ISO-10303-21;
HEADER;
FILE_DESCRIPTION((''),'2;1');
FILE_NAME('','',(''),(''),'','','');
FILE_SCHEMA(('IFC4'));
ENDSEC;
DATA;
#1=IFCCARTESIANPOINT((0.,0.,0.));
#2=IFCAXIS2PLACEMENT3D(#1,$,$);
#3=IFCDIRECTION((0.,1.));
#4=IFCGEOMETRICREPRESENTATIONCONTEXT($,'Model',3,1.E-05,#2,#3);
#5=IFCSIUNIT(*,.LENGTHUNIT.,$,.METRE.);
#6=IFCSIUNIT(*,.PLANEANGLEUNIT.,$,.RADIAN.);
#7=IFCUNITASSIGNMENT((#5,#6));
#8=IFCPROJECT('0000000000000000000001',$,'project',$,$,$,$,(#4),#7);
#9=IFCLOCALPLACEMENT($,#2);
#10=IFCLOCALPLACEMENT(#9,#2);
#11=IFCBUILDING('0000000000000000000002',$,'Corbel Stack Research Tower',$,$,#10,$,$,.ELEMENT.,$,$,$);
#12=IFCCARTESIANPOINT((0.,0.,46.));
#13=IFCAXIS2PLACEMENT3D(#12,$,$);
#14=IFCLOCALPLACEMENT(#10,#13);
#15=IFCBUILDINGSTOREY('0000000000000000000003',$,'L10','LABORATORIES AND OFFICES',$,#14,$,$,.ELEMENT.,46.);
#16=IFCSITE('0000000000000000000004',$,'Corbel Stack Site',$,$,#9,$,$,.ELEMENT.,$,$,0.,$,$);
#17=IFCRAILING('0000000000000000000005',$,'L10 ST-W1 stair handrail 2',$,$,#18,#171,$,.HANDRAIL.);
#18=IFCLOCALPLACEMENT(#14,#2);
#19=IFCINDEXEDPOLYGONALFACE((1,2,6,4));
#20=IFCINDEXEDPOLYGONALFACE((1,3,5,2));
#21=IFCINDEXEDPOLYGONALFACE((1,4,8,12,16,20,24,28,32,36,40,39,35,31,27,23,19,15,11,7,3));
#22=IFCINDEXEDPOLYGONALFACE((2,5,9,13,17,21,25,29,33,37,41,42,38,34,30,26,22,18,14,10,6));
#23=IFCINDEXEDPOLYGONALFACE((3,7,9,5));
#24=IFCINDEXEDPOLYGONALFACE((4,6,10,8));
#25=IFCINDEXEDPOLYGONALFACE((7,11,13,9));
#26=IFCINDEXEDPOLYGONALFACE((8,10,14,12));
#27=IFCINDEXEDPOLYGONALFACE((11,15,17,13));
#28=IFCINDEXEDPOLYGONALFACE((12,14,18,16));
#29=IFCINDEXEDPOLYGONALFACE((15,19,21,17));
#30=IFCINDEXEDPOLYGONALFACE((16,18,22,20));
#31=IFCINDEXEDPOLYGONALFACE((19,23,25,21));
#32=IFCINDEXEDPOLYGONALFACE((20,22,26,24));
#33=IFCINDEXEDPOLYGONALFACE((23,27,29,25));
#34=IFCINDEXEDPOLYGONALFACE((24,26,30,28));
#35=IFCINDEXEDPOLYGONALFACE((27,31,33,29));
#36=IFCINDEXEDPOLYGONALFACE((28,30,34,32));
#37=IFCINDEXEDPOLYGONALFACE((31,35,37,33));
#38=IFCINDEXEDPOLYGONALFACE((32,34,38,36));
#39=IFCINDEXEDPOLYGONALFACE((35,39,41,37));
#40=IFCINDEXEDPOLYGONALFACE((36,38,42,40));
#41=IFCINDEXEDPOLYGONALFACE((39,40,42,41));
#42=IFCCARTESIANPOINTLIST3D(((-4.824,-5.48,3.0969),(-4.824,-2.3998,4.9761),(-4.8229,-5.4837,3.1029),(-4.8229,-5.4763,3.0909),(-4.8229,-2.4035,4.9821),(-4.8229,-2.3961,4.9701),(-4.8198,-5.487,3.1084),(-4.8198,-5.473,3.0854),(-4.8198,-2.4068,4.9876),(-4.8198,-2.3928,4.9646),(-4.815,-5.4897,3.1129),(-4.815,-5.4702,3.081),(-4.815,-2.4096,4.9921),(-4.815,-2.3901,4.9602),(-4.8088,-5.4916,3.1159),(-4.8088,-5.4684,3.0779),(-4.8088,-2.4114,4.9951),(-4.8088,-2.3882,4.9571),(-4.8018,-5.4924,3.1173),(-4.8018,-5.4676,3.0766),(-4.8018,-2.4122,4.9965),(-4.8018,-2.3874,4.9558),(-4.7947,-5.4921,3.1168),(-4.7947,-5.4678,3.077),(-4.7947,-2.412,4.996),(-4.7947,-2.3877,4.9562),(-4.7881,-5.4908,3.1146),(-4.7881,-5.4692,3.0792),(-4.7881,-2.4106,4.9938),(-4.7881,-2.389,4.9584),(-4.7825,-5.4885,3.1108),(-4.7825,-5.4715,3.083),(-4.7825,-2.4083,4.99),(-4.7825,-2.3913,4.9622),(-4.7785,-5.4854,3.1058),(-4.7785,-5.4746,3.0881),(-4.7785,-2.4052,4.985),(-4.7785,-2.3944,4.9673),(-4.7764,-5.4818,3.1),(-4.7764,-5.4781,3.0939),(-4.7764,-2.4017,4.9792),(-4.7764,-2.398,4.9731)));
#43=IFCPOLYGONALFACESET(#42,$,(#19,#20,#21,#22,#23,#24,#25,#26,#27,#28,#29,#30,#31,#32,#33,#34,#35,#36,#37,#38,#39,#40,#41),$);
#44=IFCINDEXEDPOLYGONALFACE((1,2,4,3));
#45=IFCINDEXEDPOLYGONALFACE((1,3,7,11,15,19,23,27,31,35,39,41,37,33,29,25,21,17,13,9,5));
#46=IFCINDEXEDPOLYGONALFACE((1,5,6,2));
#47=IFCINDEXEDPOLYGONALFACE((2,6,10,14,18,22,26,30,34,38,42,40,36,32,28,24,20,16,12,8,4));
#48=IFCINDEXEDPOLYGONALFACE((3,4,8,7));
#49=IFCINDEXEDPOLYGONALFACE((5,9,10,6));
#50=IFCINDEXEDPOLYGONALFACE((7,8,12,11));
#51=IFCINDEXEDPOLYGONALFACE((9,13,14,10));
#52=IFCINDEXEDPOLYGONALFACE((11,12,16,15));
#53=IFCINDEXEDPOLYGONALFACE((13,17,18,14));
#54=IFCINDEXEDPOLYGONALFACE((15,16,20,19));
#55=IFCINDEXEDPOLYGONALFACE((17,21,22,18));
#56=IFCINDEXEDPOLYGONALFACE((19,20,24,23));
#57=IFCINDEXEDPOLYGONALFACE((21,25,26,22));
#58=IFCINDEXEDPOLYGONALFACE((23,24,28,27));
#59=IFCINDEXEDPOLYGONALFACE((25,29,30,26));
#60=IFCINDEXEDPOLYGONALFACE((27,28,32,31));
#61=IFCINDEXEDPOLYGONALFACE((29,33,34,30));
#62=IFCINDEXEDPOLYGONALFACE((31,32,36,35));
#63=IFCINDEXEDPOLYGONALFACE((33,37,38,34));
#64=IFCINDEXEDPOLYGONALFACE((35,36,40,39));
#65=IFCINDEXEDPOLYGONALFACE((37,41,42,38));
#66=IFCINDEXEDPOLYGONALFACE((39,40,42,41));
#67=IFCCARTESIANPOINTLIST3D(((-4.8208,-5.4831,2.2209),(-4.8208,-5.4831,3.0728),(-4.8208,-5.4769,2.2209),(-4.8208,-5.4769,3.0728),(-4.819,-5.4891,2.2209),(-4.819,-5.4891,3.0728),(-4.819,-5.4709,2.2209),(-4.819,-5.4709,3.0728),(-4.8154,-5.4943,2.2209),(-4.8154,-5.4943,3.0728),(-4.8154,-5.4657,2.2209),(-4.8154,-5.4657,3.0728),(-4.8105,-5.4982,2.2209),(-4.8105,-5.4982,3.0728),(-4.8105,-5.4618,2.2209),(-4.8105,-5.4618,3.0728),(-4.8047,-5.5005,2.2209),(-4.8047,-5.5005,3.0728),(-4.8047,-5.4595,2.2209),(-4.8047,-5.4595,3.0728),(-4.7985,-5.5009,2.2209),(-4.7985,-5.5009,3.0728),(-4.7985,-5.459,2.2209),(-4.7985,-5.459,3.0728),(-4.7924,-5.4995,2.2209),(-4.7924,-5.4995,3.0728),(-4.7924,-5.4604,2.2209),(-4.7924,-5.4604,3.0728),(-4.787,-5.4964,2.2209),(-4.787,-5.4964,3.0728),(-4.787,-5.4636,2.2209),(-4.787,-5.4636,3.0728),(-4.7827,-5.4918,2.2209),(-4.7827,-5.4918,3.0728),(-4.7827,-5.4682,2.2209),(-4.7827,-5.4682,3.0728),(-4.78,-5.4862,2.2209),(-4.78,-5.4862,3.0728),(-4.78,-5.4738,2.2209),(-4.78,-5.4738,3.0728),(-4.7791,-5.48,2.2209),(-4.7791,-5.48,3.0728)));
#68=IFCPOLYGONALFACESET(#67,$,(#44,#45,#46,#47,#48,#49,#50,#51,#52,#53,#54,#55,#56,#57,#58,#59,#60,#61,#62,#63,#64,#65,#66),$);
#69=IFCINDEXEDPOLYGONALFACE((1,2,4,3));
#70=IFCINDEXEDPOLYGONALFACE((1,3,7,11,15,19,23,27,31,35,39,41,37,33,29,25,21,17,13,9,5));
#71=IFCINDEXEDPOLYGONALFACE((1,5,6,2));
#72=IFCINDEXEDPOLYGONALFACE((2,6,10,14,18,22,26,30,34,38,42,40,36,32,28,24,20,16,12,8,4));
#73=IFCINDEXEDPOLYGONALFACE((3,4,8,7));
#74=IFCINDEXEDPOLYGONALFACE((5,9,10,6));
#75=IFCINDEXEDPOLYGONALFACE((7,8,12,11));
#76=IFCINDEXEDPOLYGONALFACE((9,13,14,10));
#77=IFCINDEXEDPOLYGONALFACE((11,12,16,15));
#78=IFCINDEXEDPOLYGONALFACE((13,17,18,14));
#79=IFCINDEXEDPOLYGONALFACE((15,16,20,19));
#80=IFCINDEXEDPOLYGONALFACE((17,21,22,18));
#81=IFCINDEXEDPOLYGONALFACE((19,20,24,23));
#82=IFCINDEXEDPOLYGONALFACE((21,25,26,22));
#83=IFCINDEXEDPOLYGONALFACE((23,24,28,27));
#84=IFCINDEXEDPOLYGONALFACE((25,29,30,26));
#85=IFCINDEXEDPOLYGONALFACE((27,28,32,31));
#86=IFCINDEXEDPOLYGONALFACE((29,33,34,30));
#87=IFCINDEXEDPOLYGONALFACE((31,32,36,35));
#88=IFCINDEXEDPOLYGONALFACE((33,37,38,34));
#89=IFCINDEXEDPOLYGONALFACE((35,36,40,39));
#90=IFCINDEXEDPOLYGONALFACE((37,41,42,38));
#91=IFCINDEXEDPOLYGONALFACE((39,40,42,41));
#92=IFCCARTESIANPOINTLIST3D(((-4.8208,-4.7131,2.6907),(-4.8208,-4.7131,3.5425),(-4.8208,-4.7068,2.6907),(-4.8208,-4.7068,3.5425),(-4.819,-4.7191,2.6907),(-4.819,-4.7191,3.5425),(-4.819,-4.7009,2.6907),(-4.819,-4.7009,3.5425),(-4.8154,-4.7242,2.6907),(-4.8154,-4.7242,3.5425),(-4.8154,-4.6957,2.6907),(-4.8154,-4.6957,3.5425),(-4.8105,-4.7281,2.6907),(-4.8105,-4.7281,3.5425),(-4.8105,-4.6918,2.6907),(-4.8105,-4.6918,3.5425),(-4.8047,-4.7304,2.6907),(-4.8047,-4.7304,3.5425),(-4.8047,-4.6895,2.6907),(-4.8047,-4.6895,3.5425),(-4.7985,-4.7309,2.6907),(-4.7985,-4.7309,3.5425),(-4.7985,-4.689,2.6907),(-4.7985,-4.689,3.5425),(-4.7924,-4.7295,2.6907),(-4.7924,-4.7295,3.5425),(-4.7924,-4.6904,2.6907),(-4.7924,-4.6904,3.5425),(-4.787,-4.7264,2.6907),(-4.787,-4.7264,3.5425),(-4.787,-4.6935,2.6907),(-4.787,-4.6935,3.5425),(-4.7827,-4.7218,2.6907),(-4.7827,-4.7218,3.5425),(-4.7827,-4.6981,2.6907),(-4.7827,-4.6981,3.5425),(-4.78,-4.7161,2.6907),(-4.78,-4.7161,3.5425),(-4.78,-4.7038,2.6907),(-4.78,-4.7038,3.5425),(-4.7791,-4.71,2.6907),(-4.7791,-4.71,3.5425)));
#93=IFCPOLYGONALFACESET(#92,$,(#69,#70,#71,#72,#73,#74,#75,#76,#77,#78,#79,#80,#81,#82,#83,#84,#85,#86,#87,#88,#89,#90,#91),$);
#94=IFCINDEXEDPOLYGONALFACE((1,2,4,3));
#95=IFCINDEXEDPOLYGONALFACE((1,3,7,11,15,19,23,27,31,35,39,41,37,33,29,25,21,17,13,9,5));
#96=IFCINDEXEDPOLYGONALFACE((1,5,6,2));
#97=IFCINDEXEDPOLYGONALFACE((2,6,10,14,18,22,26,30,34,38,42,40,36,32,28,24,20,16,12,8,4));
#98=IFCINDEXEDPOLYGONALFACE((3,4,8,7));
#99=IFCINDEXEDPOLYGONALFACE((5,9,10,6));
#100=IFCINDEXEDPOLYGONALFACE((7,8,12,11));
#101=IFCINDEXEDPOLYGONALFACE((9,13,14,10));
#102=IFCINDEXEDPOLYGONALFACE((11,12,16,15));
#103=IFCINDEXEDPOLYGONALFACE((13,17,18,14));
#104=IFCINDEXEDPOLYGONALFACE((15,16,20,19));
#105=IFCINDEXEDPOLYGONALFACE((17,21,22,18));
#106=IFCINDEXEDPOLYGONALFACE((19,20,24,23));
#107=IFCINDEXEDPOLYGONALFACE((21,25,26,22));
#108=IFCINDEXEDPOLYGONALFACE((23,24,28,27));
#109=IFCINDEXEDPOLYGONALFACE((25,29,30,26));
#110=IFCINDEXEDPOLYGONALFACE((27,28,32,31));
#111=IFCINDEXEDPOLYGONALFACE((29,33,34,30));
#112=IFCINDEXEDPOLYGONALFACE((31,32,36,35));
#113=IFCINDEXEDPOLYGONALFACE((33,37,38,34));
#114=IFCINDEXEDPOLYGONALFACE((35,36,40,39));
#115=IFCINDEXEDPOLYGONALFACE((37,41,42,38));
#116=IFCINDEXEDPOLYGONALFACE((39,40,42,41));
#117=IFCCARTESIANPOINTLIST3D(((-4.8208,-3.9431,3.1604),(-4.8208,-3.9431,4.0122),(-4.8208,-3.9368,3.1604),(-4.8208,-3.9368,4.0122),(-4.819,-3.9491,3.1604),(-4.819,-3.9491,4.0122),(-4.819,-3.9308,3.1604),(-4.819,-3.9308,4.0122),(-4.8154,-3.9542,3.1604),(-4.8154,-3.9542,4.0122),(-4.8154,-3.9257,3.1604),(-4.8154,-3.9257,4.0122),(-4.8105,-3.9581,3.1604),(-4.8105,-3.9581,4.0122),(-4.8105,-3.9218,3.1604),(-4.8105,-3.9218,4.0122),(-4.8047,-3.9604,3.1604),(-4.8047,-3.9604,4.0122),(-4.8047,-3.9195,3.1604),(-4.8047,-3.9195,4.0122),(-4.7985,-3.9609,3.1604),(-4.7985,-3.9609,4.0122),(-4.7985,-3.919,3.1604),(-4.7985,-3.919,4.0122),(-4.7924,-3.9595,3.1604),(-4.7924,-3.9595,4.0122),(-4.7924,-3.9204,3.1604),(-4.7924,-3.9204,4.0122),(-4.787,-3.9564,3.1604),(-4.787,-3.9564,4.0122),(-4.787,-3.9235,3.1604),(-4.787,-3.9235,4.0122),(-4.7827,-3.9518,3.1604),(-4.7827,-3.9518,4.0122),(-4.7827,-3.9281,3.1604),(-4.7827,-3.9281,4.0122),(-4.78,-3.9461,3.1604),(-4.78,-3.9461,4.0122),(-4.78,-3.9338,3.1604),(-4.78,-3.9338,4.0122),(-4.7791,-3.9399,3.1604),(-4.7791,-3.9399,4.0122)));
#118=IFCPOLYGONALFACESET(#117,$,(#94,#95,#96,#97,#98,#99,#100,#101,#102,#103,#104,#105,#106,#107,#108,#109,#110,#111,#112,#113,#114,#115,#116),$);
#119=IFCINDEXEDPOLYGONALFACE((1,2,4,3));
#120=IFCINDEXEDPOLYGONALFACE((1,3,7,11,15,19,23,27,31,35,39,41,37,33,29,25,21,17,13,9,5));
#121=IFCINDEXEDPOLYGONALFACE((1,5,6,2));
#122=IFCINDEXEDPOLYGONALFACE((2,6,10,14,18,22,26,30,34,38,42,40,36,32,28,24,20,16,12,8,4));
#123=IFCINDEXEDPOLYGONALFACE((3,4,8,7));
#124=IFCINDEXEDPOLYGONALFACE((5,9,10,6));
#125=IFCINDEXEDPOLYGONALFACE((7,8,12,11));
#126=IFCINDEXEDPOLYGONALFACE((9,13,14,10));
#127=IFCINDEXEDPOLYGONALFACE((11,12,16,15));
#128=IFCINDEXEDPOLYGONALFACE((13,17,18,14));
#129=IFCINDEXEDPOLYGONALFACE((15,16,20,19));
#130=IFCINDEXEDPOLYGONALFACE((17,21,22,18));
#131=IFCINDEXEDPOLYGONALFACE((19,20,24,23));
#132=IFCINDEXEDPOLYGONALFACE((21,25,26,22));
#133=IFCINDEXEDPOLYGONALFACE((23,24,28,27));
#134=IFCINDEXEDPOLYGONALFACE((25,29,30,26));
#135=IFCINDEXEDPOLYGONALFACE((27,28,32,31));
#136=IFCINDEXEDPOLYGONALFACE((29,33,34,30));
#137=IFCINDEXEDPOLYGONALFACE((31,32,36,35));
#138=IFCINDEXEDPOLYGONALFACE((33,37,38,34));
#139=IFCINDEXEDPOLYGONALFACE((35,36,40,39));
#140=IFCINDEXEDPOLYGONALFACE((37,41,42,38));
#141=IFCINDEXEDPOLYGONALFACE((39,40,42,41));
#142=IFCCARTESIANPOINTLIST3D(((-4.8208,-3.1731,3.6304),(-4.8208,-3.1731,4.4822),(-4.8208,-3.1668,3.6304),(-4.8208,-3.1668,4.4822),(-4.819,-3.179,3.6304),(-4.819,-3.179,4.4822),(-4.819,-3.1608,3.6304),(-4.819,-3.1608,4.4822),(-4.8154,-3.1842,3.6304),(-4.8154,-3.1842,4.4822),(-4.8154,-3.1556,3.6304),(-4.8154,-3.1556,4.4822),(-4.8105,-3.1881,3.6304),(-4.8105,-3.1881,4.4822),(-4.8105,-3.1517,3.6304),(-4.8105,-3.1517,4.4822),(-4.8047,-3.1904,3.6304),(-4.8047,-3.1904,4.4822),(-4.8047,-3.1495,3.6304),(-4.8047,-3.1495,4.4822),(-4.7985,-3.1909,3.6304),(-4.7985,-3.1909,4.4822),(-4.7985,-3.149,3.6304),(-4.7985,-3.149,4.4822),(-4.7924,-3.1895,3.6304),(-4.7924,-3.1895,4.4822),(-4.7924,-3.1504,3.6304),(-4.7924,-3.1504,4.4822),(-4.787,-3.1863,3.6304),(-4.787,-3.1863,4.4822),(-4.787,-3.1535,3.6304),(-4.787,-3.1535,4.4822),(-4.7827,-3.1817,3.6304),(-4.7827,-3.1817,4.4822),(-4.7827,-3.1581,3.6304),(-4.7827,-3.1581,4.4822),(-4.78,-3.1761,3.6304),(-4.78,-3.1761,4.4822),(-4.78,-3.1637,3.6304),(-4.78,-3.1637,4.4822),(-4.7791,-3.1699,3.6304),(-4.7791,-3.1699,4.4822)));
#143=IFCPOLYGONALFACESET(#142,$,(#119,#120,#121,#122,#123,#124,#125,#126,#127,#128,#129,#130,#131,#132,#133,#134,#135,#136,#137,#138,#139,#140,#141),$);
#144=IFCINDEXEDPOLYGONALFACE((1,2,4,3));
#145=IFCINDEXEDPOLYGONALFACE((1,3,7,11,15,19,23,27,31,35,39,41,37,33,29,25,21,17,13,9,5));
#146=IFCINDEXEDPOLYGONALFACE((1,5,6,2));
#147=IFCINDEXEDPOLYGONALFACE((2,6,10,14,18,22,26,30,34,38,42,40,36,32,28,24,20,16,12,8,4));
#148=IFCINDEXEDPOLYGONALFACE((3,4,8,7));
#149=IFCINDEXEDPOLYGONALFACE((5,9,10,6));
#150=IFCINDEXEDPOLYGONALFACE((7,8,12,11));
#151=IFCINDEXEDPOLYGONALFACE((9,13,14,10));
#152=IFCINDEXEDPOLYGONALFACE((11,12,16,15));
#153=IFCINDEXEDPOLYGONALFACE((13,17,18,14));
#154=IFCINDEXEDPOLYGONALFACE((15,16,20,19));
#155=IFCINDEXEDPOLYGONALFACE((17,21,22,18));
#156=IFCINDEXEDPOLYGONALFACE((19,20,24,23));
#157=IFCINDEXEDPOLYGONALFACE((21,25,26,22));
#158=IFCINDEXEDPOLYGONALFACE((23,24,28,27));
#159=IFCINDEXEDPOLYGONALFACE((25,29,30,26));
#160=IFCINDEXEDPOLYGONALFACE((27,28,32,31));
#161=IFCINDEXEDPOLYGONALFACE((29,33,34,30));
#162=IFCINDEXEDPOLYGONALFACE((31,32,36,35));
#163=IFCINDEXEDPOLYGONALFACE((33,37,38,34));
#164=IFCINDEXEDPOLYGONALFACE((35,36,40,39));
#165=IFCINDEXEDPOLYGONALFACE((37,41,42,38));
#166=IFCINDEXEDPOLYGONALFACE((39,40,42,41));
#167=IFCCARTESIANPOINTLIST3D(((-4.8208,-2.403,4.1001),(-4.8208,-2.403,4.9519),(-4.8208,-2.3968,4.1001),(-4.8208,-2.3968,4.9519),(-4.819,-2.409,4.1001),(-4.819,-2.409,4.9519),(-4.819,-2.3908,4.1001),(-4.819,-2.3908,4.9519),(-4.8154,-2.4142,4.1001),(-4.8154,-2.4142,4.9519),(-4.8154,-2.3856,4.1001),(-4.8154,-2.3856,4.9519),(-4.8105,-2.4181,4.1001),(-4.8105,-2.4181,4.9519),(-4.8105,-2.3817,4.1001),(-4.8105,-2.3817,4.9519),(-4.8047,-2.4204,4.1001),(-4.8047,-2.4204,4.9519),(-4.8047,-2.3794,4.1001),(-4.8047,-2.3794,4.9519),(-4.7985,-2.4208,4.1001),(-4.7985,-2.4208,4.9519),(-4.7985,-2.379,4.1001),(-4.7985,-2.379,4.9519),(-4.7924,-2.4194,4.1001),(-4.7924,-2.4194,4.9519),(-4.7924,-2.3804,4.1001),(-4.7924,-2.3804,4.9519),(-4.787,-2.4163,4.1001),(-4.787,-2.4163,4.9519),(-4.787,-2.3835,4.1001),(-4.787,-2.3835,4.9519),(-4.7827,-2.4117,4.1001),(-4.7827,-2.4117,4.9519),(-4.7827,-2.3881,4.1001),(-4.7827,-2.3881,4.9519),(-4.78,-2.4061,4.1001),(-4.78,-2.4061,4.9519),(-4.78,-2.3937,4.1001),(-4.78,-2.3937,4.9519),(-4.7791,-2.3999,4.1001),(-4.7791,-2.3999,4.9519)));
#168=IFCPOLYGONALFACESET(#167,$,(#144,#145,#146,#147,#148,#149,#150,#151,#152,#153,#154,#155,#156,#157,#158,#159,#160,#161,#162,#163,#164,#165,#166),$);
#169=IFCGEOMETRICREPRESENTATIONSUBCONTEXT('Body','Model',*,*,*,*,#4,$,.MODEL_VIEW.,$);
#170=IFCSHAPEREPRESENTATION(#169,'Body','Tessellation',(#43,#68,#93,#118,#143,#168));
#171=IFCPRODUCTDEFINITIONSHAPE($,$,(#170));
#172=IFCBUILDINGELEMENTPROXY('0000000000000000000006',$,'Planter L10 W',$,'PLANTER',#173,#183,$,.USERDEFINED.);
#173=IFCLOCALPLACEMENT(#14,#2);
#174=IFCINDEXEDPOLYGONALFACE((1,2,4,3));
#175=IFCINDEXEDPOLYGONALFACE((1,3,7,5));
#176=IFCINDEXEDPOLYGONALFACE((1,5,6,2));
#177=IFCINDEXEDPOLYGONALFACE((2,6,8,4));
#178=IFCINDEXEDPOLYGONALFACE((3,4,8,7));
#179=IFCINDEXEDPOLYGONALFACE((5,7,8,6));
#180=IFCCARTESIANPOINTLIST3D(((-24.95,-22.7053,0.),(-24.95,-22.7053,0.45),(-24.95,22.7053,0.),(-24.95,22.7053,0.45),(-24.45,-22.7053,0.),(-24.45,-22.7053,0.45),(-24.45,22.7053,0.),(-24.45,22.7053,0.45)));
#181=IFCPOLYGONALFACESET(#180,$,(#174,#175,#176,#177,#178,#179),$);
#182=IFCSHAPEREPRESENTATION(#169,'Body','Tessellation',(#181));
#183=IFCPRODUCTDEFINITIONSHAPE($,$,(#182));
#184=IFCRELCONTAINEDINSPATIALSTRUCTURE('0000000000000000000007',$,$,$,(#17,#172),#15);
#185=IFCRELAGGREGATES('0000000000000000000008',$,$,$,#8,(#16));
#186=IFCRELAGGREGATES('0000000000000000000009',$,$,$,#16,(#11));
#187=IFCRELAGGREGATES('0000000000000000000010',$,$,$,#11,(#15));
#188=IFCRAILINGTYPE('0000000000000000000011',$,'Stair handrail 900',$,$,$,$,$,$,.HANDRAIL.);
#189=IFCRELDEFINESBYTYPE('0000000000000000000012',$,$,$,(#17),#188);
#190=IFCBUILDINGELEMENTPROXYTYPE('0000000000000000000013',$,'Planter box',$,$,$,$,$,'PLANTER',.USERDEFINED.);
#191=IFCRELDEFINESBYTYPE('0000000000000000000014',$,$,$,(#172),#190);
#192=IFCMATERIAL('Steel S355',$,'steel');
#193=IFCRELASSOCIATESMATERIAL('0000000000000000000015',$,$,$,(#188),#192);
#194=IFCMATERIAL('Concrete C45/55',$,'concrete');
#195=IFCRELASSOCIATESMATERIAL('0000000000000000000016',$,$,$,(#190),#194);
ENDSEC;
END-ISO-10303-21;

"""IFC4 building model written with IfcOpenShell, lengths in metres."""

from ifc_helpers import new_model, si_unit, direction, frame, origin, origin_2d, place, context, subcontext, project, spatial, rectangle, circle, extrude, material, type_object, element, save


model = new_model("IFC4")

# Units and contexts
model_context = context("Model", 3, precision=1e-05, world=origin(), true_north=direction((0.0, 1.0)))
body_context = subcontext(model_context, "Body", "Model", "MODEL_VIEW")
ifc_project = project(units=[si_unit("LENGTHUNIT", "METRE"), si_unit("PLANEANGLEUNIT", "RADIAN")], contexts=[model_context])

# Site, building, storey
site_placement = place(None, origin())
site = spatial("IfcSite", under=ifc_project, at=site_placement, Name="Corbel Stack Site", CompositionType="ELEMENT", RefElevation=0.0)
building_placement = place(site_placement, origin())
building = spatial("IfcBuilding", under=site, at=building_placement, Name="Corbel Stack Research Tower", CompositionType="ELEMENT")
storey_placement = place(building_placement, frame((0.0, 0.0, 46.0)))
storey = spatial("IfcBuildingStorey", under=building, at=storey_placement, Name="L10", Description="LABORATORIES AND OFFICES", CompositionType="ELEMENT", Elevation=46.0)

# Railing
ifc_material_1 = material(Name="Steel S355", Category="steel")
railing_type_1 = type_object("IfcRailingType", Name="Stair handrail 900", PredefinedType="HANDRAIL", material=ifc_material_1)
railing_1_placement = place(storey_placement, frame((-4.8, -5.48, 2.2209)))
element("IfcRailing", 1, at=railing_1_placement, inside=storey, type_object=railing_type_1, Name="L10 ST-W1 stair handrail 2", PredefinedType="HANDRAIL", context=body_context, shape_type="SweptSolid", body=[
    extrude(circle(Radius=0.0239, at=origin_2d()), frame((0.0, 0.0, 0.876), z_axis=(0.0, 0.853666, 0.52082), x_axis=(-1.0, 0.0, 0.0)), (0.0, 0.0, 1.0), 3.6082),
    extrude(circle(Radius=0.021, at=origin_2d()), origin(), (0.0, 0.0, 1.0), 0.8518),
    extrude(circle(Radius=0.021, at=origin_2d()), frame((0.0, 0.77, 0.4697)), (0.0, 0.0, 1.0), 0.8518),
    extrude(circle(Radius=0.021, at=origin_2d()), frame((0.0, 1.54, 0.9395)), (0.0, 0.0, 1.0), 0.8518),
    extrude(circle(Radius=0.021, at=origin_2d()), frame((0.0, 2.3101, 1.4094)), (0.0, 0.0, 1.0), 0.8518),
    extrude(circle(Radius=0.021, at=origin_2d()), frame((0.0, 3.0801, 1.8792)), (0.0, 0.0, 1.0), 0.8518),
])

# Building element proxy
ifc_material_2 = material(Name="Concrete C45/55", Category="concrete")
building_element_proxy_type = type_object("IfcBuildingElementProxyType", Name="Planter box", ElementType="PLANTER", PredefinedType="USERDEFINED", material=ifc_material_2)
proxy_placement = place(storey_placement, frame((-24.7, 0.0, 0.0), z_axis=(0.0, 0.0, 1.0), x_axis=(0.0, -1.0, 0.0)))
element("IfcBuildingElementProxy", 2, at=proxy_placement, inside=storey, type_object=building_element_proxy_type, Name="Planter L10 W", ObjectType="PLANTER", PredefinedType="USERDEFINED", context=body_context, shape_type="SweptSolid", body=[
    extrude(rectangle(XDim=45.4106, YDim=0.5, at=origin_2d()), origin(), (0.0, 0.0, 1.0), 0.45),
])

save(model, "model.ifc")
